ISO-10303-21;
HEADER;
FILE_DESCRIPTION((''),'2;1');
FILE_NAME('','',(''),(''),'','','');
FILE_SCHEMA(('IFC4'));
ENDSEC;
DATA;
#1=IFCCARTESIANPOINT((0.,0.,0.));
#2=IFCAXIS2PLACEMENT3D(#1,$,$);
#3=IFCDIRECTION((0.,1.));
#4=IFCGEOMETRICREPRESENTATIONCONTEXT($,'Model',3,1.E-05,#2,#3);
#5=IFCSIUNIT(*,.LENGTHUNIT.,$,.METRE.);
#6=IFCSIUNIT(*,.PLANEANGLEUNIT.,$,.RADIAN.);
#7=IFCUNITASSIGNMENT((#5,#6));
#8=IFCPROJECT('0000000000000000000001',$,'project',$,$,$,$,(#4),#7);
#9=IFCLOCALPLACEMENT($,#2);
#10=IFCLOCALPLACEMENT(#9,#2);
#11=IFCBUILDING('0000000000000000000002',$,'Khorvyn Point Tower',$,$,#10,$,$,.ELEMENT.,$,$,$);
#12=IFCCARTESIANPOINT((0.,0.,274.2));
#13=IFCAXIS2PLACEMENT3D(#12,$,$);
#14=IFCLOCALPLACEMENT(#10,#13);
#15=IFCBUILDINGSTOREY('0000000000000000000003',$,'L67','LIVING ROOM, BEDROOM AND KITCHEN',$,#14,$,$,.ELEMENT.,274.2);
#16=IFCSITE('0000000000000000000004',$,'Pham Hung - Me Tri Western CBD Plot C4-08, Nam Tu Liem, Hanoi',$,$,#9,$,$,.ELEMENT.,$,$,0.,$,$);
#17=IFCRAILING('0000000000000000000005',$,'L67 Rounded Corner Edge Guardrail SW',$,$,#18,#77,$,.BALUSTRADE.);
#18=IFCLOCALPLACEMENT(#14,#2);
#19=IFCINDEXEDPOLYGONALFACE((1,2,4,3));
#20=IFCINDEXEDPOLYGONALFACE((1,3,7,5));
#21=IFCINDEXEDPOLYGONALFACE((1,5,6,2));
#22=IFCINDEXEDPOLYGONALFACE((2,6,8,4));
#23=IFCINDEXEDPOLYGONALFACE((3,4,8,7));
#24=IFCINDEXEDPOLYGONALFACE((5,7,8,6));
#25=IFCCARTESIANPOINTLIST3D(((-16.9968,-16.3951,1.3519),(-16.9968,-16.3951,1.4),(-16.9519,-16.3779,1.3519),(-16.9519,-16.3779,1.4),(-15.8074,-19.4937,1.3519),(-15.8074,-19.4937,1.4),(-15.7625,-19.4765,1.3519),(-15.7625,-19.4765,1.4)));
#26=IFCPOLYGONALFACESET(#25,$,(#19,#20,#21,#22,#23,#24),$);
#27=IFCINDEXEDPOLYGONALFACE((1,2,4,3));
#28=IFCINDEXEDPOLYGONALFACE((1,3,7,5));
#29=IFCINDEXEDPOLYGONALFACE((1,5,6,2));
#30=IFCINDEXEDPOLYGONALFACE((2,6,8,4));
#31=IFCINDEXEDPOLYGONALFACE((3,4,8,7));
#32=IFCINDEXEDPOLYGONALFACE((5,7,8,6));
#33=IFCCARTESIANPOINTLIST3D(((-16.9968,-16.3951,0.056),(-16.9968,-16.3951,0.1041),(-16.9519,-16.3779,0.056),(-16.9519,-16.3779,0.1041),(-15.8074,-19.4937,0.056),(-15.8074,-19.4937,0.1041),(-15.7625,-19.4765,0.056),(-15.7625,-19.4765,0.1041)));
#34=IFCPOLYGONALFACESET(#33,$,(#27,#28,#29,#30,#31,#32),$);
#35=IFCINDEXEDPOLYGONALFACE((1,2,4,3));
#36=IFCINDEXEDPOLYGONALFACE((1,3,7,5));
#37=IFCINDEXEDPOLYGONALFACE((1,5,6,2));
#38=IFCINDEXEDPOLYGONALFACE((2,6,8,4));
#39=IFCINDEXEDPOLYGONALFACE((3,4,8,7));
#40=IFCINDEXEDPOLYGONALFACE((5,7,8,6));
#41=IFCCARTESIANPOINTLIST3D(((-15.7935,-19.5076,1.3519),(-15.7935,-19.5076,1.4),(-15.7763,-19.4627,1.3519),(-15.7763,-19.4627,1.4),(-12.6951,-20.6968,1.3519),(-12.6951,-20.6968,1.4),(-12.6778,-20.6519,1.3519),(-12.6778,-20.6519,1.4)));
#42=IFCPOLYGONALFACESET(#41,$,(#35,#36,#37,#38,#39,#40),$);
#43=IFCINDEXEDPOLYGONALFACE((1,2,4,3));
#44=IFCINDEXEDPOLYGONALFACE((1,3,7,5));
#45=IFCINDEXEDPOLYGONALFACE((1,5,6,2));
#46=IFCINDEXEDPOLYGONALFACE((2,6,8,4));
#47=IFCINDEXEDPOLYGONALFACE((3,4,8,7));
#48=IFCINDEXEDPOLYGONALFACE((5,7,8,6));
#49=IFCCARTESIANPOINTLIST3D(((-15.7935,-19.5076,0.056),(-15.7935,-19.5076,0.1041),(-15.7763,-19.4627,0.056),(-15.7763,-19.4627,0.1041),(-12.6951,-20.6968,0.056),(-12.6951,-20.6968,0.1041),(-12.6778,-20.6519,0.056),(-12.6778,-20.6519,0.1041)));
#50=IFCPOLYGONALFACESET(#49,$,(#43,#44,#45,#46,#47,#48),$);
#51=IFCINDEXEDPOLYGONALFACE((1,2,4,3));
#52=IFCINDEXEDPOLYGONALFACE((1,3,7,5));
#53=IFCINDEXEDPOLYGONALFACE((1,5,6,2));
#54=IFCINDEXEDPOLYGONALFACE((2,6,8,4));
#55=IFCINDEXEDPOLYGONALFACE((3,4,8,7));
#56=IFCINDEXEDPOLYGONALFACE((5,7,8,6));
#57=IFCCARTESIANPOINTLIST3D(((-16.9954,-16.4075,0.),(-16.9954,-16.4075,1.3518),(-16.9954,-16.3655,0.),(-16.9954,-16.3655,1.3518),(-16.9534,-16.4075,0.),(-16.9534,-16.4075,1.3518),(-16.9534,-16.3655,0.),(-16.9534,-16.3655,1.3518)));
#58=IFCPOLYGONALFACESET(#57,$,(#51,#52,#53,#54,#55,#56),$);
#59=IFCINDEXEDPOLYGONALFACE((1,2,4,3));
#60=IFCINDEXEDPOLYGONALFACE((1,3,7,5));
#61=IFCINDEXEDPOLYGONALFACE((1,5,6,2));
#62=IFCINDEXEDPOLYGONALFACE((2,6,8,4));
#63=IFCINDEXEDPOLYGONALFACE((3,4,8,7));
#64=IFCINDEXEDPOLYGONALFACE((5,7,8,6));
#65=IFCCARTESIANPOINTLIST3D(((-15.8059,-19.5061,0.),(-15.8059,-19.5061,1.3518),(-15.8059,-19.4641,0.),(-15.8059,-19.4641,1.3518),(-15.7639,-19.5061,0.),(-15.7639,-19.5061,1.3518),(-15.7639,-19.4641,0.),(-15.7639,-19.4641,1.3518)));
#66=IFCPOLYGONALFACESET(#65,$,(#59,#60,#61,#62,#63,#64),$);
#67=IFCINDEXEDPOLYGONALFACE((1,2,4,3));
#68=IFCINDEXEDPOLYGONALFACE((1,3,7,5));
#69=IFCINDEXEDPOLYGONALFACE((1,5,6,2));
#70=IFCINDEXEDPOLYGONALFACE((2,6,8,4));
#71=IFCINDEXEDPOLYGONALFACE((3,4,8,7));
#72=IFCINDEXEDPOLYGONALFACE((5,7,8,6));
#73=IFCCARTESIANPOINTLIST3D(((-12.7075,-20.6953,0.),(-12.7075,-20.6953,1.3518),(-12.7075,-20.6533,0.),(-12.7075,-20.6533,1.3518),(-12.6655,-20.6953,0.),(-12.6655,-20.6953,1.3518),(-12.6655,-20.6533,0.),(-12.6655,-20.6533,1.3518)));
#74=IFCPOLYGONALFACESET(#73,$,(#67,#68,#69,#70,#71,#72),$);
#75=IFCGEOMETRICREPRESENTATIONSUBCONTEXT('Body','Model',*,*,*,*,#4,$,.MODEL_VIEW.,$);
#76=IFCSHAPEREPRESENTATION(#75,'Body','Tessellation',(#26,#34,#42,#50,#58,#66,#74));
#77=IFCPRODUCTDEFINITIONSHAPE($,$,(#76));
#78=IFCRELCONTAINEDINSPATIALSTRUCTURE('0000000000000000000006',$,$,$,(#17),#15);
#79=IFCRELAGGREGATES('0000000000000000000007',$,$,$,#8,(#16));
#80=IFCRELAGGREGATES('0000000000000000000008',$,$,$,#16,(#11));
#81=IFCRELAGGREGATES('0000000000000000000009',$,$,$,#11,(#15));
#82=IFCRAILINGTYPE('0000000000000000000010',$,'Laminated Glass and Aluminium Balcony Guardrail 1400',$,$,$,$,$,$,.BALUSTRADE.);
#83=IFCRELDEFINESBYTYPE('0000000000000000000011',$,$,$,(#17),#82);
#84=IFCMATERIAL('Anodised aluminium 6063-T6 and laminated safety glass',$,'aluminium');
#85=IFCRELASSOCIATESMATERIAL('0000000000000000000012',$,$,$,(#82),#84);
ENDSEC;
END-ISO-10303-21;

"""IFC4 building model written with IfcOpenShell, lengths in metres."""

from ifc_helpers import new_model, si_unit, direction, frame, origin, origin_2d, place, context, subcontext, project, spatial, rectangle, extrude, material, type_object, element, save


model = new_model("IFC4")

# Units and contexts
model_context = context("Model", 3, precision=1e-05, world=origin(), true_north=direction((0.0, 1.0)))
body_context = subcontext(model_context, "Body", "Model", "MODEL_VIEW")
ifc_project = project(units=[si_unit("LENGTHUNIT", "METRE"), si_unit("PLANEANGLEUNIT", "RADIAN")], contexts=[model_context])

# Site, building, storey
site_placement = place(None, origin())
site = spatial("IfcSite", under=ifc_project, at=site_placement, Name="Pham Hung - Me Tri Western CBD Plot C4-08, Nam Tu Liem, Hanoi", CompositionType="ELEMENT", RefElevation=0.0)
building_placement = place(site_placement, origin())
building = spatial("IfcBuilding", under=site, at=building_placement, Name="Khorvyn Point Tower", CompositionType="ELEMENT")
storey_placement = place(building_placement, frame((0.0, 0.0, 274.2)))
storey = spatial("IfcBuildingStorey", under=building, at=storey_placement, Name="L67", Description="LIVING ROOM, BEDROOM AND KITCHEN", CompositionType="ELEMENT", Elevation=274.2)

# Railing
ifc_material_1 = material(Name="Anodised aluminium 6063-T6 and laminated safety glass", Category="aluminium")
railing_type = type_object("IfcRailingType", Name="Laminated Glass and Aluminium Balcony Guardrail 1400", PredefinedType="BALUSTRADE", material=ifc_material_1)
railing_1_placement = place(storey_placement, frame((-16.9744, -16.3865, 0.0)))
element("IfcRailing", 1, at=railing_1_placement, inside=storey, type_object=railing_type, Name="L67 Rounded Corner Edge Guardrail SW", PredefinedType="BALUSTRADE", context=body_context, shape_type="SweptSolid", body=[
    extrude(rectangle(XDim=0.0481, YDim=0.0481, at=origin_2d()), frame((0.0, 0.0, 1.376), z_axis=(0.358368, -0.93358, 0.0), x_axis=(0.93358, 0.358368, 0.0)), (0.0, 0.0, 1.0), 3.3191),
    extrude(rectangle(XDim=0.0481, YDim=0.0481, at=origin_2d()), frame((0.0, 0.0, 0.0801), z_axis=(0.358368, -0.93358, 0.0), x_axis=(0.93358, 0.358368, 0.0)), (0.0, 0.0, 1.0), 3.3191),
    extrude(rectangle(XDim=0.0481, YDim=0.0481, at=origin_2d()), frame((1.1895, -3.0986, 1.376), z_axis=(0.933596, -0.358328, 0.0), x_axis=(0.358328, 0.933596, 0.0)), (0.0, 0.0, 1.0), 3.3188),
    extrude(rectangle(XDim=0.0481, YDim=0.0481, at=origin_2d()), frame((1.1895, -3.0986, 0.0801), z_axis=(0.933596, -0.358328, 0.0), x_axis=(0.358328, 0.933596, 0.0)), (0.0, 0.0, 1.0), 3.3188),
    extrude(rectangle(XDim=0.042, YDim=0.042, at=origin_2d()), origin(), (0.0, 0.0, 1.0), 1.3518),
    extrude(rectangle(XDim=0.042, YDim=0.042, at=origin_2d()), frame((1.1895, -3.0986, 0.0)), (0.0, 0.0, 1.0), 1.3518),
    extrude(rectangle(XDim=0.042, YDim=0.042, at=origin_2d()), frame((4.2878, -4.2878, 0.0)), (0.0, 0.0, 1.0), 1.3518),
])

save(model, "model.ifc")
